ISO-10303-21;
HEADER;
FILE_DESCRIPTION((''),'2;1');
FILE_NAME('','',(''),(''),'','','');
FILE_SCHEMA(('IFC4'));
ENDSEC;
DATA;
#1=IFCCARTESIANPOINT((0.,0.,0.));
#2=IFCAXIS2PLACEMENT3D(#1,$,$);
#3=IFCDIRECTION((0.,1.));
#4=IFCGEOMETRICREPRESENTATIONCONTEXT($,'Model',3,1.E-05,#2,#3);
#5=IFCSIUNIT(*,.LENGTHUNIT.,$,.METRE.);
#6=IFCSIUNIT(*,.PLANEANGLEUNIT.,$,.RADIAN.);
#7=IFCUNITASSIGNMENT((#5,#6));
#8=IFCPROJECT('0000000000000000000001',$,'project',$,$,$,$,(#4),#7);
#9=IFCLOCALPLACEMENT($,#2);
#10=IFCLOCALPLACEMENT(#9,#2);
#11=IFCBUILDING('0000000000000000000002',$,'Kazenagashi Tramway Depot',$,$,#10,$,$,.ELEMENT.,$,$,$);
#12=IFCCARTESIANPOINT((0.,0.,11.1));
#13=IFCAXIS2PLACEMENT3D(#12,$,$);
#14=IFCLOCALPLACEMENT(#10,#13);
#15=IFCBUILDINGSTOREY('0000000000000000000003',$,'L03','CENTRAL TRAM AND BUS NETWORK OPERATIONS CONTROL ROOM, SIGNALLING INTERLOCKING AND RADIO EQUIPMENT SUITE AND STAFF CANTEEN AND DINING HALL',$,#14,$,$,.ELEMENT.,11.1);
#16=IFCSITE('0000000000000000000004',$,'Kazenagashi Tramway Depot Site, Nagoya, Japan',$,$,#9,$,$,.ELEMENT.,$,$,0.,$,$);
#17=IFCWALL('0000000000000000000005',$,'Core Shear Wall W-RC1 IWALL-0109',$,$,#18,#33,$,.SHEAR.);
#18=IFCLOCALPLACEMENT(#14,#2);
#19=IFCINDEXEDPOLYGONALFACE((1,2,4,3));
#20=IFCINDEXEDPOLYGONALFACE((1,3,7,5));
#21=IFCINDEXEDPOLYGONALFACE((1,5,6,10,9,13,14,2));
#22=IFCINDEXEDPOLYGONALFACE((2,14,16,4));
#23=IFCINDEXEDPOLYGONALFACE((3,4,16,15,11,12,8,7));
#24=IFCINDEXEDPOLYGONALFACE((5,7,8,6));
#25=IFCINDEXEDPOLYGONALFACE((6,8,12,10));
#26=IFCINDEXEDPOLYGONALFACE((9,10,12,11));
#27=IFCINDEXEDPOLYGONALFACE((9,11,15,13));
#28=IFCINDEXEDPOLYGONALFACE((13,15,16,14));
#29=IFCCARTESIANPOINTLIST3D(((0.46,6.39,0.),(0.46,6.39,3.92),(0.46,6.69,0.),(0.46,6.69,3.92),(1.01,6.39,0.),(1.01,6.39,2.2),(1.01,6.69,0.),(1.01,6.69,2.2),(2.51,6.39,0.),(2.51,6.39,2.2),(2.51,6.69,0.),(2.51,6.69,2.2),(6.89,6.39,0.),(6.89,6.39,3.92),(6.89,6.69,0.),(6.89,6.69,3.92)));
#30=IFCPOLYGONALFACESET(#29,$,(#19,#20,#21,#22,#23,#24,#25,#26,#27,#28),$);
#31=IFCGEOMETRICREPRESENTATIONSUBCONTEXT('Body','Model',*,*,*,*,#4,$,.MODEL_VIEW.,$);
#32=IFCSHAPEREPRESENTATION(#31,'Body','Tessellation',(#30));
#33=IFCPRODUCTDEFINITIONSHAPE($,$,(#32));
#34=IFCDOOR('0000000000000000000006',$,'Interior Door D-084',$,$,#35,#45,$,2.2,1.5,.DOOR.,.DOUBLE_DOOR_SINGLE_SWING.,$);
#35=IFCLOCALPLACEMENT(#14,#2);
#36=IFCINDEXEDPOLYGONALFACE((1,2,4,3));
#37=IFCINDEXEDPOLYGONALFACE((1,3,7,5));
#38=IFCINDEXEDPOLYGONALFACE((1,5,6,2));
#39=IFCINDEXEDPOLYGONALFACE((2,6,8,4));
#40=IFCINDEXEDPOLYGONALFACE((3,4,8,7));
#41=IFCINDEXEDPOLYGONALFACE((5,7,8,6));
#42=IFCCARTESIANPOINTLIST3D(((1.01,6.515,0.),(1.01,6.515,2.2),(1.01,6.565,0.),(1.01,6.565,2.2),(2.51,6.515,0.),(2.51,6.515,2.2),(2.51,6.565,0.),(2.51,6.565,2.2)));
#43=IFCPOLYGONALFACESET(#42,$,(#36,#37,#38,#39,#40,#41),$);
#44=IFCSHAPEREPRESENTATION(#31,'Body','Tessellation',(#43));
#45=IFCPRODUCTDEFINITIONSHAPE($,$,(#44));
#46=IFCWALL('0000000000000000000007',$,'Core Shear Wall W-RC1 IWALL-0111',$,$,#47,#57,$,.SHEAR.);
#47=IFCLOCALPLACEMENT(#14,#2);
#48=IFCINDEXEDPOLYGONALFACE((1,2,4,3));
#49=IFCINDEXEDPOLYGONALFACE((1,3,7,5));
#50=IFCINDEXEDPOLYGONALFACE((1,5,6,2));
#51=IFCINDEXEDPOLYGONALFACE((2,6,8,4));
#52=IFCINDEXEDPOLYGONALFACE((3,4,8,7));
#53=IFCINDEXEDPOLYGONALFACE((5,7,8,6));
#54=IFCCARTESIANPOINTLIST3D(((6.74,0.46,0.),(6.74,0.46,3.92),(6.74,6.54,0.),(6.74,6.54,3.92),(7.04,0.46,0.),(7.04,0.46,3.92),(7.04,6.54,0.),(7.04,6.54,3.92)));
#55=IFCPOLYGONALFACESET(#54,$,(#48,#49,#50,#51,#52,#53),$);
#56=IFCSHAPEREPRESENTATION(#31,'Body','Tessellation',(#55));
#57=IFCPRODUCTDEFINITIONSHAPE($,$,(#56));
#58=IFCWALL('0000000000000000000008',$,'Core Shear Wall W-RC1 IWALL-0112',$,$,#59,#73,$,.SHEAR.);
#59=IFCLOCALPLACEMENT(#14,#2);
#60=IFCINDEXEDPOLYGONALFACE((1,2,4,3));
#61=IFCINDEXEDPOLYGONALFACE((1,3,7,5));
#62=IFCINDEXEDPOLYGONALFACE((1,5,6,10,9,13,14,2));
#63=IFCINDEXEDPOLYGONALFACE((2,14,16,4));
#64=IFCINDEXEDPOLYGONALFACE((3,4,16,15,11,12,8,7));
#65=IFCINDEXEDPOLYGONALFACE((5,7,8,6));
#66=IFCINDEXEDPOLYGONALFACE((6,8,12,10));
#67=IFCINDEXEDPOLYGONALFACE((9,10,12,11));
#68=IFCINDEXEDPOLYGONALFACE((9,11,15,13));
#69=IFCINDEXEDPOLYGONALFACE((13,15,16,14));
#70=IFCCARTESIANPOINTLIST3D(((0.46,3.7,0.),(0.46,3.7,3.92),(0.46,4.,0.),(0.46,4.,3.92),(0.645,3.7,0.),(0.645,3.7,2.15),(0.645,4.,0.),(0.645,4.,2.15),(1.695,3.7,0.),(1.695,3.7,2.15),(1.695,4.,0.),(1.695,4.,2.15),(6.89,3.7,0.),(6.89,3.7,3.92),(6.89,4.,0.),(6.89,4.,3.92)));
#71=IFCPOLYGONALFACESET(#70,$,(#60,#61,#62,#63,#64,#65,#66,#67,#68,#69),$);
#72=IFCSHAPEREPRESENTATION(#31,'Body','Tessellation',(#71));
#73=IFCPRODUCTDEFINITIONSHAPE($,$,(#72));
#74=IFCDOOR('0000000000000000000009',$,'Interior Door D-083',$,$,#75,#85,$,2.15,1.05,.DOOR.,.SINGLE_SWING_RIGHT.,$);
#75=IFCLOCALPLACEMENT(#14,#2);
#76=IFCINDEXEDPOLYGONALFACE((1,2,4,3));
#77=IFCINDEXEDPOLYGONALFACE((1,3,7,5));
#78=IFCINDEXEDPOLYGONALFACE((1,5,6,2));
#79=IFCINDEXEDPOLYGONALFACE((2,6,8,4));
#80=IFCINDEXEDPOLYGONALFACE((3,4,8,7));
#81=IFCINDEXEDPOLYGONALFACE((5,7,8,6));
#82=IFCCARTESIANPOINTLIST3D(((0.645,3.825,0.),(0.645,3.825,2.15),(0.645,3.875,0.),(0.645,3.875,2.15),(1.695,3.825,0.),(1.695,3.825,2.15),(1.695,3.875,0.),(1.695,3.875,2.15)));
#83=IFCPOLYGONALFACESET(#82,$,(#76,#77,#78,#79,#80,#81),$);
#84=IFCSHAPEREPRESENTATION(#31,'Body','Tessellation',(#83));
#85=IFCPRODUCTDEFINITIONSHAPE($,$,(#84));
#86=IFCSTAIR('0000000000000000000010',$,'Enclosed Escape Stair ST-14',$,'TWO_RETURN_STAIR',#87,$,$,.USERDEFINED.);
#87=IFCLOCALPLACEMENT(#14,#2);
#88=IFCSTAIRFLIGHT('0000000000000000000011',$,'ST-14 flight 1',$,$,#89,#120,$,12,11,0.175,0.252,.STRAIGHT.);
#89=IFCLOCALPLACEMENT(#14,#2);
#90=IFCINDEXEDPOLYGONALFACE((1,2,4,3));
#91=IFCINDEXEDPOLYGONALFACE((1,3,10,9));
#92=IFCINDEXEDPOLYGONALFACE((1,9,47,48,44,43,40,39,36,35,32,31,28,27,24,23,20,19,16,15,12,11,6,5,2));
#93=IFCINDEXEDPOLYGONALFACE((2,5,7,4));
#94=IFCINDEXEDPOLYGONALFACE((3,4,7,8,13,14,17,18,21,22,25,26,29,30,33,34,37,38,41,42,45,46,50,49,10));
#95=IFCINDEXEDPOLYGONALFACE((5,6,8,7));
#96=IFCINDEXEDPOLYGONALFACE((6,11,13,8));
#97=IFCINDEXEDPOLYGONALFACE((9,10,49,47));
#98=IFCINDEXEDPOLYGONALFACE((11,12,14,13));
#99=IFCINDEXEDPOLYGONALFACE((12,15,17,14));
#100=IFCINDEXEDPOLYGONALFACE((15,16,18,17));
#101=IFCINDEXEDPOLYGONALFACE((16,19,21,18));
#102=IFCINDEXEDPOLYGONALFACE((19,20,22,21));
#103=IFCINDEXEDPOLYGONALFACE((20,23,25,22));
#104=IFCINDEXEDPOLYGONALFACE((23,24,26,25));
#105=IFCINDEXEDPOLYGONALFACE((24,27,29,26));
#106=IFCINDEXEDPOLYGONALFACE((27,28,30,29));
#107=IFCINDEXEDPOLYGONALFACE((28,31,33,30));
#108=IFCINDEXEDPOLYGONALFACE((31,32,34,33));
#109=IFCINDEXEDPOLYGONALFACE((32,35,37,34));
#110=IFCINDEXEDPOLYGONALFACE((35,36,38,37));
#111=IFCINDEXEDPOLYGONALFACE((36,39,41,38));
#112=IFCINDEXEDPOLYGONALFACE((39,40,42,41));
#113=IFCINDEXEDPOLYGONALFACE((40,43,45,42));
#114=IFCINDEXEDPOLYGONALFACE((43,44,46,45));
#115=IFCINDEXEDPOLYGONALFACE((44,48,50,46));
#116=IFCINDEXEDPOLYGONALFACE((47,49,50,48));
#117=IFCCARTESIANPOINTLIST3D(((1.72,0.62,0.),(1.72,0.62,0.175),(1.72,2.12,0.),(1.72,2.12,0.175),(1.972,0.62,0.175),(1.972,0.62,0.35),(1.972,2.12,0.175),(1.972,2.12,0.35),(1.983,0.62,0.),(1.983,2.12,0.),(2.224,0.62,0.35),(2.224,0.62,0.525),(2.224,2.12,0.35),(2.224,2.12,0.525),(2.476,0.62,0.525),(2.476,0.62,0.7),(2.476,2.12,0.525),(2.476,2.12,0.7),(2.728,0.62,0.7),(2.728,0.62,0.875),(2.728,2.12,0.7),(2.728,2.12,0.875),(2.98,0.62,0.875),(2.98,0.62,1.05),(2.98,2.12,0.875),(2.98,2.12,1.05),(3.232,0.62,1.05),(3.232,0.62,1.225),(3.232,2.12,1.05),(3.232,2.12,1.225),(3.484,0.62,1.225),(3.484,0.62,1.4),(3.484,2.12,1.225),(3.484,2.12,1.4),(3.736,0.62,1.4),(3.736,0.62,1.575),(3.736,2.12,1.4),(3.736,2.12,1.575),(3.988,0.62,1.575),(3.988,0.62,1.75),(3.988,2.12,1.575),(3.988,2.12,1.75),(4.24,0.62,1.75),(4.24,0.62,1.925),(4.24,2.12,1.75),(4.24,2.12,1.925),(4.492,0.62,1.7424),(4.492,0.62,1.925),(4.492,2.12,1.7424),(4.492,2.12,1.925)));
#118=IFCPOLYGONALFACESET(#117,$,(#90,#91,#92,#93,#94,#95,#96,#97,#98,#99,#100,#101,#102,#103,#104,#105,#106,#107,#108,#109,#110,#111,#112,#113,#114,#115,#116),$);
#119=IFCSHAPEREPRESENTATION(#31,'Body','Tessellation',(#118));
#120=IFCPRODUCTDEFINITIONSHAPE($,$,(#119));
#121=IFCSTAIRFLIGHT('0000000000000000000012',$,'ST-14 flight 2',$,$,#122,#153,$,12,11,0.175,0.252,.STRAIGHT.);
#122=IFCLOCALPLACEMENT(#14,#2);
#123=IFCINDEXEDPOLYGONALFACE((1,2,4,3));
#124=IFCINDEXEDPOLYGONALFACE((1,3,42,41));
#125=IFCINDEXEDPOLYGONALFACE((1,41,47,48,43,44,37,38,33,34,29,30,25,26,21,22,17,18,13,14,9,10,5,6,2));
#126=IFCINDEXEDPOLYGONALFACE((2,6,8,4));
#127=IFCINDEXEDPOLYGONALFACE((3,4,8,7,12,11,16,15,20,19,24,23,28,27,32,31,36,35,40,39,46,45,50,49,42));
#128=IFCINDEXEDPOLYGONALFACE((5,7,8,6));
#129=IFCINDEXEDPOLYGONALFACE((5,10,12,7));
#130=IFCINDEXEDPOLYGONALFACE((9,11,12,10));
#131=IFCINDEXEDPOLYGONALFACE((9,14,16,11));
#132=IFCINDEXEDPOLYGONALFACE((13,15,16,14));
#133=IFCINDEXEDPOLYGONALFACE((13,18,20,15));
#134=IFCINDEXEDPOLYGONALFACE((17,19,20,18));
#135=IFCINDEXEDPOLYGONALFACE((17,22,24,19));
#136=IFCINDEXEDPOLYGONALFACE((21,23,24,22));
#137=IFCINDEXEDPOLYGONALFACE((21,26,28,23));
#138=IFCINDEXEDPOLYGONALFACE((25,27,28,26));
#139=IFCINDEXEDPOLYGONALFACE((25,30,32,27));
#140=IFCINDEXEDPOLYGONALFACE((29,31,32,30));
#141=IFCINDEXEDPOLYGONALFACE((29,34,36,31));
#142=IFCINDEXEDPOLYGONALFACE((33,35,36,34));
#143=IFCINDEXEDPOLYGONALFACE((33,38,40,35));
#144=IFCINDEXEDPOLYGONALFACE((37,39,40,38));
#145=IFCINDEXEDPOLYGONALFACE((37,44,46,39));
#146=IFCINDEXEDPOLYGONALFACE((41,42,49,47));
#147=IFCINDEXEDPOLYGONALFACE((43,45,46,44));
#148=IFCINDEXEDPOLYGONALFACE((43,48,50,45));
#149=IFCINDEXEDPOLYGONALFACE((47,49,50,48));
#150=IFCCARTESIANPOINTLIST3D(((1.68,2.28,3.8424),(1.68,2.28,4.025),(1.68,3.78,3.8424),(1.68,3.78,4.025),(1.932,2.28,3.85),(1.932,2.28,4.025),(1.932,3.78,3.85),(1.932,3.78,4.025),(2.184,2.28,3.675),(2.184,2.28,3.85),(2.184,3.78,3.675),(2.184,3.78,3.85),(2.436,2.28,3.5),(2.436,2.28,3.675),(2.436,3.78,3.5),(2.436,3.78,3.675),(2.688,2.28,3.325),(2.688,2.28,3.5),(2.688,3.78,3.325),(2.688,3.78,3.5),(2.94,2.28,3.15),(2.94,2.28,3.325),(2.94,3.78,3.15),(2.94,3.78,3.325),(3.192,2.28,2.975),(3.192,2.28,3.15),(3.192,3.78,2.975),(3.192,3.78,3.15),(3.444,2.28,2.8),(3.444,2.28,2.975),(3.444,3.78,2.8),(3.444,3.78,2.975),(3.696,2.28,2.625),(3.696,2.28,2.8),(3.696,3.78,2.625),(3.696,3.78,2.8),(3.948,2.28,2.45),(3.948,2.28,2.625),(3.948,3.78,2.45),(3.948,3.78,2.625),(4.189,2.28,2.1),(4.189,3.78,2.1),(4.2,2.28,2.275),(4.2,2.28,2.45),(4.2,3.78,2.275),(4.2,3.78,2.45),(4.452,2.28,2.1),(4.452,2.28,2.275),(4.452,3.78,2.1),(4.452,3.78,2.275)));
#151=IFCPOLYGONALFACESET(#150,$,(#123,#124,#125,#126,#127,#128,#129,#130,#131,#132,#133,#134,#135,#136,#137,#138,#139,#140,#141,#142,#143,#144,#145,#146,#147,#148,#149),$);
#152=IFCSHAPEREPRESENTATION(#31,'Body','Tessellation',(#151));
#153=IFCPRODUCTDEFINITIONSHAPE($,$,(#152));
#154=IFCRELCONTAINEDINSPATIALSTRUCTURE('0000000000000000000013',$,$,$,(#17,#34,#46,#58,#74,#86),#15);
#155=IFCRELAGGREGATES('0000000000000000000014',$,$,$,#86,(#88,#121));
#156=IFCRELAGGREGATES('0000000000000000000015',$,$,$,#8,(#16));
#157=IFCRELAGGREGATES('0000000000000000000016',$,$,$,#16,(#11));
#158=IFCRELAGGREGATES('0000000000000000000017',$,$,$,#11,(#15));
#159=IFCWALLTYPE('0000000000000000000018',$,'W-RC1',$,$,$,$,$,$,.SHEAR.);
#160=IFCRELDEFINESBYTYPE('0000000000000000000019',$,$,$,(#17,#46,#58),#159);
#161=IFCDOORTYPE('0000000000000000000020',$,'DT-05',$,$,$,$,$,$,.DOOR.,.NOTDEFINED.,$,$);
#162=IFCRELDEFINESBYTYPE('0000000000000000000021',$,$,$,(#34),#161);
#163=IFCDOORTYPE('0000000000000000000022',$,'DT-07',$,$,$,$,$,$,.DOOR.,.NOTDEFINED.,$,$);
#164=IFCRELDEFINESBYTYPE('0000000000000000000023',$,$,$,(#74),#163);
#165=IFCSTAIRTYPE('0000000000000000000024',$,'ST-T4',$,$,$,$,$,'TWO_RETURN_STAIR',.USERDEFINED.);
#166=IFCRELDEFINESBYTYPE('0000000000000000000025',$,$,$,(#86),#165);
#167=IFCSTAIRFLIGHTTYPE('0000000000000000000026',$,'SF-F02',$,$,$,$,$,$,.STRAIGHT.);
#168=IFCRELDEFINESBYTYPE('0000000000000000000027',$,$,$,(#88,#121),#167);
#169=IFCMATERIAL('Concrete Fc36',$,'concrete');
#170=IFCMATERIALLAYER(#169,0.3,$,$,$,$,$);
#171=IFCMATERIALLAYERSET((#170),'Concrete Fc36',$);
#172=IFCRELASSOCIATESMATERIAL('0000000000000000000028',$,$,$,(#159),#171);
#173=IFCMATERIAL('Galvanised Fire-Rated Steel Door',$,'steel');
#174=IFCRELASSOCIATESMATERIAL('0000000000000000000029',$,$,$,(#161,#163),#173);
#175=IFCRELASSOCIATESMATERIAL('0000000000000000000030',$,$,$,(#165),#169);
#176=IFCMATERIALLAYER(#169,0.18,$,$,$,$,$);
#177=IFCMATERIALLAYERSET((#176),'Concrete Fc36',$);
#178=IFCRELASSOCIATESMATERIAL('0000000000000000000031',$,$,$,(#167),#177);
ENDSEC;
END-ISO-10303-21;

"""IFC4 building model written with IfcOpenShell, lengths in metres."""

from ifc_helpers import new_model, si_unit, direction, frame, frame_2d, origin, place, context, subcontext, project, spatial, polyline, rectangle, outline, extrude, material, layer, layer_set, type_object, element, fill, aggregate, save


model = new_model("IFC4")

# Units and contexts
model_context = context("Model", 3, precision=1e-05, world=origin(), true_north=direction((0.0, 1.0)))
body_context = subcontext(model_context, "Body", "Model", "MODEL_VIEW")
ifc_project = project(units=[si_unit("LENGTHUNIT", "METRE"), si_unit("PLANEANGLEUNIT", "RADIAN")], contexts=[model_context])

# Site, building, storey
site_placement = place(None, origin())
site = spatial("IfcSite", under=ifc_project, at=site_placement, Name="Kazenagashi Tramway Depot Site, Nagoya, Japan", CompositionType="ELEMENT", RefElevation=0.0)
building_placement = place(site_placement, origin())
building = spatial("IfcBuilding", under=site, at=building_placement, Name="Kazenagashi Tramway Depot", CompositionType="ELEMENT")
storey_placement = place(building_placement, frame((0.0, 0.0, 11.1)))
storey = spatial("IfcBuildingStorey", under=building, at=storey_placement, Name="L03", Description="CENTRAL TRAM AND BUS NETWORK OPERATIONS CONTROL ROOM, SIGNALLING INTERLOCKING AND RADIO EQUIPMENT SUITE AND STAFF CANTEEN AND DINING HALL", CompositionType="ELEMENT", Elevation=11.1)

# Wall, opening, door
ifc_material_1 = material(Name="Concrete Fc36", Category="concrete")
ifc_layer_1 = layer(ifc_material_1, 0.3)
ifc_layer_set_1 = layer_set([ifc_layer_1], Name="Concrete Fc36")
wall_type_1 = type_object("IfcWallType", Name="W-RC1", PredefinedType="SHEAR", material=ifc_layer_set_1)
wall_1_placement = place(storey_placement, frame((0.46, 6.54, 0.0), z_axis=(0.0, 0.0, 1.0), x_axis=(1.0, 0.0, 0.0)))
wall_1 = element("IfcWall", 1, at=wall_1_placement, inside=storey, type_object=wall_type_1, Name="Core Shear Wall W-RC1 IWALL-0109", PredefinedType="SHEAR", context=body_context, shape_type="SweptSolid", body=[
    extrude(rectangle(XDim=6.43, YDim=0.3, at=frame_2d((3.215, 0.0))), origin(), (0.0, 0.0, 1.0), 3.92),
])
opening_1_placement = place(wall_1_placement, frame((0.55, 0.0, 0.0)))
opening_1 = element("IfcOpeningElement", 2, at=opening_1_placement, cuts=wall_1, PredefinedType="OPENING", context=body_context, shape_type="SweptSolid", body=[
    extrude(rectangle(XDim=1.5, YDim=2.2, at=frame_2d((0.75, 1.1))), frame((0.0, 0.16, 0.0), z_axis=(0.0, -1.0, 0.0), x_axis=(1.0, 0.0, 0.0)), (0.0, 0.0, 1.0), 0.32),
])
ifc_material_2 = material(Name="Galvanised Fire-Rated Steel Door", Category="steel")
door_type_1 = type_object("IfcDoorType", Name="DT-05", OperationType="NOTDEFINED", PredefinedType="DOOR", material=ifc_material_2)
door_1_placement = place(opening_1_placement, origin())
door_1 = element("IfcDoor", 3, at=door_1_placement, inside=storey, type_object=door_type_1, Name="Interior Door D-084", OperationType="DOUBLE_DOOR_SINGLE_SWING", OverallHeight=2.2, OverallWidth=1.5, PredefinedType="DOOR", context=body_context, shape_type="SweptSolid", body=[
    extrude(rectangle(XDim=1.5, YDim=2.2, at=frame_2d((0.75, 1.1))), frame((0.0, 0.025, 0.0), z_axis=(0.0, -1.0, 0.0), x_axis=(1.0, 0.0, 0.0)), (0.0, 0.0, 1.0), 0.05),
])
fill(opening_1, door_1)

# Wall
wall_2_placement = place(storey_placement, frame((6.89, 0.46, 0.0), z_axis=(0.0, 0.0, 1.0), x_axis=(0.0, 1.0, 0.0)))
element("IfcWall", 4, at=wall_2_placement, inside=storey, type_object=wall_type_1, Name="Core Shear Wall W-RC1 IWALL-0111", PredefinedType="SHEAR", context=body_context, shape_type="SweptSolid", body=[
    extrude(rectangle(XDim=6.08, YDim=0.3, at=frame_2d((3.04, 0.0))), origin(), (0.0, 0.0, 1.0), 3.92),
])

# Wall, opening, door
wall_3_placement = place(storey_placement, frame((0.46, 3.85, 0.0), z_axis=(0.0, 0.0, 1.0), x_axis=(1.0, 0.0, 0.0)))
wall_3 = element("IfcWall", 5, at=wall_3_placement, inside=storey, type_object=wall_type_1, Name="Core Shear Wall W-RC1 IWALL-0112", PredefinedType="SHEAR", context=body_context, shape_type="SweptSolid", body=[
    extrude(rectangle(XDim=6.43, YDim=0.3, at=frame_2d((3.215, 0.0))), origin(), (0.0, 0.0, 1.0), 3.92),
])
opening_2_placement = place(wall_3_placement, frame((0.185, 0.0, 0.0)))
opening_2 = element("IfcOpeningElement", 6, at=opening_2_placement, cuts=wall_3, PredefinedType="OPENING", context=body_context, shape_type="SweptSolid", body=[
    extrude(rectangle(XDim=1.05, YDim=2.15, at=frame_2d((0.525, 1.075))), frame((0.0, 0.16, 0.0), z_axis=(0.0, -1.0, 0.0), x_axis=(1.0, 0.0, 0.0)), (0.0, 0.0, 1.0), 0.32),
])
door_type_2 = type_object("IfcDoorType", Name="DT-07", OperationType="NOTDEFINED", PredefinedType="DOOR", material=ifc_material_2)
door_2_placement = place(opening_2_placement, origin())
door_2 = element("IfcDoor", 7, at=door_2_placement, inside=storey, type_object=door_type_2, Name="Interior Door D-083", OperationType="SINGLE_SWING_RIGHT", OverallHeight=2.15, OverallWidth=1.05, PredefinedType="DOOR", context=body_context, shape_type="SweptSolid", body=[
    extrude(rectangle(XDim=1.05, YDim=2.15, at=frame_2d((0.525, 1.075))), frame((0.0, 0.025, 0.0), z_axis=(0.0, -1.0, 0.0), x_axis=(1.0, 0.0, 0.0)), (0.0, 0.0, 1.0), 0.05),
])
fill(opening_2, door_2)

# Stair, stair flights
stair_type = type_object("IfcStairType", Name="ST-T4", ElementType="TWO_RETURN_STAIR", PredefinedType="USERDEFINED", material=ifc_material_1)
stair_placement = place(storey_placement, origin())
stair = element("IfcStair", 8, at=stair_placement, inside=storey, type_object=stair_type, Name="Enclosed Escape Stair ST-14", ObjectType="TWO_RETURN_STAIR", PredefinedType="USERDEFINED")
ifc_layer_2 = layer(ifc_material_1, 0.18)
ifc_layer_set_2 = layer_set([ifc_layer_2], Name="Concrete Fc36")
stair_flight_type = type_object("IfcStairFlightType", Name="SF-F02", PredefinedType="STRAIGHT", material=ifc_layer_set_2)
stair_flight_1_placement = place(storey_placement, frame((1.72, 1.37, 0.0), z_axis=(0.0, 0.0, 1.0), x_axis=(1.0, 0.0, 0.0)))
stair_flight_1 = element("IfcStairFlight", 9, at=stair_flight_1_placement, type_object=stair_flight_type, Name="ST-14 flight 1", NumberOfRisers=12, NumberOfTreads=11, PredefinedType="STRAIGHT", RiserHeight=0.175, TreadLength=0.252, context=body_context, shape_type="SweptSolid", body=[
    extrude(outline(polyline([(0.0, 0.0), (0.0, 0.175), (0.252, 0.175), (0.252, 0.35), (0.504, 0.35), (0.504, 0.525), (0.756, 0.525), (0.756, 0.7), (1.008, 0.7), (1.008, 0.875), (1.26, 0.875), (1.26, 1.05), (1.512, 1.05), (1.512, 1.225), (1.764, 1.225), (1.764, 1.4), (2.016, 1.4), (2.016, 1.575), (2.268, 1.575), (2.268, 1.75), (2.52, 1.75), (2.52, 1.925), (2.772, 1.925), (2.772, 2.1), (2.772, 1.7424), (0.263, 0.0), (0.0, 0.0)])), frame((0.0, 0.75, 0.0), z_axis=(0.0, -1.0, 0.0), x_axis=(1.0, 0.0, 0.0)), (0.0, 0.0, 1.0), 1.5),
])
stair_flight_2_placement = place(storey_placement, frame((4.452, 3.03, 2.1), z_axis=(0.0, 0.0, 1.0), x_axis=(-1.0, 0.0, 0.0)))
stair_flight_2 = element("IfcStairFlight", 10, at=stair_flight_2_placement, type_object=stair_flight_type, Name="ST-14 flight 2", NumberOfRisers=12, NumberOfTreads=11, PredefinedType="STRAIGHT", RiserHeight=0.175, TreadLength=0.252, context=body_context, shape_type="SweptSolid", body=[
    extrude(outline(polyline([(0.0, 0.0), (0.0, 0.175), (0.252, 0.175), (0.252, 0.35), (0.504, 0.35), (0.504, 0.525), (0.756, 0.525), (0.756, 0.7), (1.008, 0.7), (1.008, 0.875), (1.26, 0.875), (1.26, 1.05), (1.512, 1.05), (1.512, 1.225), (1.764, 1.225), (1.764, 1.4), (2.016, 1.4), (2.016, 1.575), (2.268, 1.575), (2.268, 1.75), (2.52, 1.75), (2.52, 1.925), (2.772, 1.925), (2.772, 2.1), (2.772, 1.7424), (0.263, 0.0), (0.0, 0.0)])), frame((0.0, 0.75, 0.0), z_axis=(0.0, -1.0, 0.0), x_axis=(1.0, 0.0, 0.0)), (0.0, 0.0, 1.0), 1.5),
])
aggregate(stair, [stair_flight_1, stair_flight_2])

save(model, "model.ifc")
